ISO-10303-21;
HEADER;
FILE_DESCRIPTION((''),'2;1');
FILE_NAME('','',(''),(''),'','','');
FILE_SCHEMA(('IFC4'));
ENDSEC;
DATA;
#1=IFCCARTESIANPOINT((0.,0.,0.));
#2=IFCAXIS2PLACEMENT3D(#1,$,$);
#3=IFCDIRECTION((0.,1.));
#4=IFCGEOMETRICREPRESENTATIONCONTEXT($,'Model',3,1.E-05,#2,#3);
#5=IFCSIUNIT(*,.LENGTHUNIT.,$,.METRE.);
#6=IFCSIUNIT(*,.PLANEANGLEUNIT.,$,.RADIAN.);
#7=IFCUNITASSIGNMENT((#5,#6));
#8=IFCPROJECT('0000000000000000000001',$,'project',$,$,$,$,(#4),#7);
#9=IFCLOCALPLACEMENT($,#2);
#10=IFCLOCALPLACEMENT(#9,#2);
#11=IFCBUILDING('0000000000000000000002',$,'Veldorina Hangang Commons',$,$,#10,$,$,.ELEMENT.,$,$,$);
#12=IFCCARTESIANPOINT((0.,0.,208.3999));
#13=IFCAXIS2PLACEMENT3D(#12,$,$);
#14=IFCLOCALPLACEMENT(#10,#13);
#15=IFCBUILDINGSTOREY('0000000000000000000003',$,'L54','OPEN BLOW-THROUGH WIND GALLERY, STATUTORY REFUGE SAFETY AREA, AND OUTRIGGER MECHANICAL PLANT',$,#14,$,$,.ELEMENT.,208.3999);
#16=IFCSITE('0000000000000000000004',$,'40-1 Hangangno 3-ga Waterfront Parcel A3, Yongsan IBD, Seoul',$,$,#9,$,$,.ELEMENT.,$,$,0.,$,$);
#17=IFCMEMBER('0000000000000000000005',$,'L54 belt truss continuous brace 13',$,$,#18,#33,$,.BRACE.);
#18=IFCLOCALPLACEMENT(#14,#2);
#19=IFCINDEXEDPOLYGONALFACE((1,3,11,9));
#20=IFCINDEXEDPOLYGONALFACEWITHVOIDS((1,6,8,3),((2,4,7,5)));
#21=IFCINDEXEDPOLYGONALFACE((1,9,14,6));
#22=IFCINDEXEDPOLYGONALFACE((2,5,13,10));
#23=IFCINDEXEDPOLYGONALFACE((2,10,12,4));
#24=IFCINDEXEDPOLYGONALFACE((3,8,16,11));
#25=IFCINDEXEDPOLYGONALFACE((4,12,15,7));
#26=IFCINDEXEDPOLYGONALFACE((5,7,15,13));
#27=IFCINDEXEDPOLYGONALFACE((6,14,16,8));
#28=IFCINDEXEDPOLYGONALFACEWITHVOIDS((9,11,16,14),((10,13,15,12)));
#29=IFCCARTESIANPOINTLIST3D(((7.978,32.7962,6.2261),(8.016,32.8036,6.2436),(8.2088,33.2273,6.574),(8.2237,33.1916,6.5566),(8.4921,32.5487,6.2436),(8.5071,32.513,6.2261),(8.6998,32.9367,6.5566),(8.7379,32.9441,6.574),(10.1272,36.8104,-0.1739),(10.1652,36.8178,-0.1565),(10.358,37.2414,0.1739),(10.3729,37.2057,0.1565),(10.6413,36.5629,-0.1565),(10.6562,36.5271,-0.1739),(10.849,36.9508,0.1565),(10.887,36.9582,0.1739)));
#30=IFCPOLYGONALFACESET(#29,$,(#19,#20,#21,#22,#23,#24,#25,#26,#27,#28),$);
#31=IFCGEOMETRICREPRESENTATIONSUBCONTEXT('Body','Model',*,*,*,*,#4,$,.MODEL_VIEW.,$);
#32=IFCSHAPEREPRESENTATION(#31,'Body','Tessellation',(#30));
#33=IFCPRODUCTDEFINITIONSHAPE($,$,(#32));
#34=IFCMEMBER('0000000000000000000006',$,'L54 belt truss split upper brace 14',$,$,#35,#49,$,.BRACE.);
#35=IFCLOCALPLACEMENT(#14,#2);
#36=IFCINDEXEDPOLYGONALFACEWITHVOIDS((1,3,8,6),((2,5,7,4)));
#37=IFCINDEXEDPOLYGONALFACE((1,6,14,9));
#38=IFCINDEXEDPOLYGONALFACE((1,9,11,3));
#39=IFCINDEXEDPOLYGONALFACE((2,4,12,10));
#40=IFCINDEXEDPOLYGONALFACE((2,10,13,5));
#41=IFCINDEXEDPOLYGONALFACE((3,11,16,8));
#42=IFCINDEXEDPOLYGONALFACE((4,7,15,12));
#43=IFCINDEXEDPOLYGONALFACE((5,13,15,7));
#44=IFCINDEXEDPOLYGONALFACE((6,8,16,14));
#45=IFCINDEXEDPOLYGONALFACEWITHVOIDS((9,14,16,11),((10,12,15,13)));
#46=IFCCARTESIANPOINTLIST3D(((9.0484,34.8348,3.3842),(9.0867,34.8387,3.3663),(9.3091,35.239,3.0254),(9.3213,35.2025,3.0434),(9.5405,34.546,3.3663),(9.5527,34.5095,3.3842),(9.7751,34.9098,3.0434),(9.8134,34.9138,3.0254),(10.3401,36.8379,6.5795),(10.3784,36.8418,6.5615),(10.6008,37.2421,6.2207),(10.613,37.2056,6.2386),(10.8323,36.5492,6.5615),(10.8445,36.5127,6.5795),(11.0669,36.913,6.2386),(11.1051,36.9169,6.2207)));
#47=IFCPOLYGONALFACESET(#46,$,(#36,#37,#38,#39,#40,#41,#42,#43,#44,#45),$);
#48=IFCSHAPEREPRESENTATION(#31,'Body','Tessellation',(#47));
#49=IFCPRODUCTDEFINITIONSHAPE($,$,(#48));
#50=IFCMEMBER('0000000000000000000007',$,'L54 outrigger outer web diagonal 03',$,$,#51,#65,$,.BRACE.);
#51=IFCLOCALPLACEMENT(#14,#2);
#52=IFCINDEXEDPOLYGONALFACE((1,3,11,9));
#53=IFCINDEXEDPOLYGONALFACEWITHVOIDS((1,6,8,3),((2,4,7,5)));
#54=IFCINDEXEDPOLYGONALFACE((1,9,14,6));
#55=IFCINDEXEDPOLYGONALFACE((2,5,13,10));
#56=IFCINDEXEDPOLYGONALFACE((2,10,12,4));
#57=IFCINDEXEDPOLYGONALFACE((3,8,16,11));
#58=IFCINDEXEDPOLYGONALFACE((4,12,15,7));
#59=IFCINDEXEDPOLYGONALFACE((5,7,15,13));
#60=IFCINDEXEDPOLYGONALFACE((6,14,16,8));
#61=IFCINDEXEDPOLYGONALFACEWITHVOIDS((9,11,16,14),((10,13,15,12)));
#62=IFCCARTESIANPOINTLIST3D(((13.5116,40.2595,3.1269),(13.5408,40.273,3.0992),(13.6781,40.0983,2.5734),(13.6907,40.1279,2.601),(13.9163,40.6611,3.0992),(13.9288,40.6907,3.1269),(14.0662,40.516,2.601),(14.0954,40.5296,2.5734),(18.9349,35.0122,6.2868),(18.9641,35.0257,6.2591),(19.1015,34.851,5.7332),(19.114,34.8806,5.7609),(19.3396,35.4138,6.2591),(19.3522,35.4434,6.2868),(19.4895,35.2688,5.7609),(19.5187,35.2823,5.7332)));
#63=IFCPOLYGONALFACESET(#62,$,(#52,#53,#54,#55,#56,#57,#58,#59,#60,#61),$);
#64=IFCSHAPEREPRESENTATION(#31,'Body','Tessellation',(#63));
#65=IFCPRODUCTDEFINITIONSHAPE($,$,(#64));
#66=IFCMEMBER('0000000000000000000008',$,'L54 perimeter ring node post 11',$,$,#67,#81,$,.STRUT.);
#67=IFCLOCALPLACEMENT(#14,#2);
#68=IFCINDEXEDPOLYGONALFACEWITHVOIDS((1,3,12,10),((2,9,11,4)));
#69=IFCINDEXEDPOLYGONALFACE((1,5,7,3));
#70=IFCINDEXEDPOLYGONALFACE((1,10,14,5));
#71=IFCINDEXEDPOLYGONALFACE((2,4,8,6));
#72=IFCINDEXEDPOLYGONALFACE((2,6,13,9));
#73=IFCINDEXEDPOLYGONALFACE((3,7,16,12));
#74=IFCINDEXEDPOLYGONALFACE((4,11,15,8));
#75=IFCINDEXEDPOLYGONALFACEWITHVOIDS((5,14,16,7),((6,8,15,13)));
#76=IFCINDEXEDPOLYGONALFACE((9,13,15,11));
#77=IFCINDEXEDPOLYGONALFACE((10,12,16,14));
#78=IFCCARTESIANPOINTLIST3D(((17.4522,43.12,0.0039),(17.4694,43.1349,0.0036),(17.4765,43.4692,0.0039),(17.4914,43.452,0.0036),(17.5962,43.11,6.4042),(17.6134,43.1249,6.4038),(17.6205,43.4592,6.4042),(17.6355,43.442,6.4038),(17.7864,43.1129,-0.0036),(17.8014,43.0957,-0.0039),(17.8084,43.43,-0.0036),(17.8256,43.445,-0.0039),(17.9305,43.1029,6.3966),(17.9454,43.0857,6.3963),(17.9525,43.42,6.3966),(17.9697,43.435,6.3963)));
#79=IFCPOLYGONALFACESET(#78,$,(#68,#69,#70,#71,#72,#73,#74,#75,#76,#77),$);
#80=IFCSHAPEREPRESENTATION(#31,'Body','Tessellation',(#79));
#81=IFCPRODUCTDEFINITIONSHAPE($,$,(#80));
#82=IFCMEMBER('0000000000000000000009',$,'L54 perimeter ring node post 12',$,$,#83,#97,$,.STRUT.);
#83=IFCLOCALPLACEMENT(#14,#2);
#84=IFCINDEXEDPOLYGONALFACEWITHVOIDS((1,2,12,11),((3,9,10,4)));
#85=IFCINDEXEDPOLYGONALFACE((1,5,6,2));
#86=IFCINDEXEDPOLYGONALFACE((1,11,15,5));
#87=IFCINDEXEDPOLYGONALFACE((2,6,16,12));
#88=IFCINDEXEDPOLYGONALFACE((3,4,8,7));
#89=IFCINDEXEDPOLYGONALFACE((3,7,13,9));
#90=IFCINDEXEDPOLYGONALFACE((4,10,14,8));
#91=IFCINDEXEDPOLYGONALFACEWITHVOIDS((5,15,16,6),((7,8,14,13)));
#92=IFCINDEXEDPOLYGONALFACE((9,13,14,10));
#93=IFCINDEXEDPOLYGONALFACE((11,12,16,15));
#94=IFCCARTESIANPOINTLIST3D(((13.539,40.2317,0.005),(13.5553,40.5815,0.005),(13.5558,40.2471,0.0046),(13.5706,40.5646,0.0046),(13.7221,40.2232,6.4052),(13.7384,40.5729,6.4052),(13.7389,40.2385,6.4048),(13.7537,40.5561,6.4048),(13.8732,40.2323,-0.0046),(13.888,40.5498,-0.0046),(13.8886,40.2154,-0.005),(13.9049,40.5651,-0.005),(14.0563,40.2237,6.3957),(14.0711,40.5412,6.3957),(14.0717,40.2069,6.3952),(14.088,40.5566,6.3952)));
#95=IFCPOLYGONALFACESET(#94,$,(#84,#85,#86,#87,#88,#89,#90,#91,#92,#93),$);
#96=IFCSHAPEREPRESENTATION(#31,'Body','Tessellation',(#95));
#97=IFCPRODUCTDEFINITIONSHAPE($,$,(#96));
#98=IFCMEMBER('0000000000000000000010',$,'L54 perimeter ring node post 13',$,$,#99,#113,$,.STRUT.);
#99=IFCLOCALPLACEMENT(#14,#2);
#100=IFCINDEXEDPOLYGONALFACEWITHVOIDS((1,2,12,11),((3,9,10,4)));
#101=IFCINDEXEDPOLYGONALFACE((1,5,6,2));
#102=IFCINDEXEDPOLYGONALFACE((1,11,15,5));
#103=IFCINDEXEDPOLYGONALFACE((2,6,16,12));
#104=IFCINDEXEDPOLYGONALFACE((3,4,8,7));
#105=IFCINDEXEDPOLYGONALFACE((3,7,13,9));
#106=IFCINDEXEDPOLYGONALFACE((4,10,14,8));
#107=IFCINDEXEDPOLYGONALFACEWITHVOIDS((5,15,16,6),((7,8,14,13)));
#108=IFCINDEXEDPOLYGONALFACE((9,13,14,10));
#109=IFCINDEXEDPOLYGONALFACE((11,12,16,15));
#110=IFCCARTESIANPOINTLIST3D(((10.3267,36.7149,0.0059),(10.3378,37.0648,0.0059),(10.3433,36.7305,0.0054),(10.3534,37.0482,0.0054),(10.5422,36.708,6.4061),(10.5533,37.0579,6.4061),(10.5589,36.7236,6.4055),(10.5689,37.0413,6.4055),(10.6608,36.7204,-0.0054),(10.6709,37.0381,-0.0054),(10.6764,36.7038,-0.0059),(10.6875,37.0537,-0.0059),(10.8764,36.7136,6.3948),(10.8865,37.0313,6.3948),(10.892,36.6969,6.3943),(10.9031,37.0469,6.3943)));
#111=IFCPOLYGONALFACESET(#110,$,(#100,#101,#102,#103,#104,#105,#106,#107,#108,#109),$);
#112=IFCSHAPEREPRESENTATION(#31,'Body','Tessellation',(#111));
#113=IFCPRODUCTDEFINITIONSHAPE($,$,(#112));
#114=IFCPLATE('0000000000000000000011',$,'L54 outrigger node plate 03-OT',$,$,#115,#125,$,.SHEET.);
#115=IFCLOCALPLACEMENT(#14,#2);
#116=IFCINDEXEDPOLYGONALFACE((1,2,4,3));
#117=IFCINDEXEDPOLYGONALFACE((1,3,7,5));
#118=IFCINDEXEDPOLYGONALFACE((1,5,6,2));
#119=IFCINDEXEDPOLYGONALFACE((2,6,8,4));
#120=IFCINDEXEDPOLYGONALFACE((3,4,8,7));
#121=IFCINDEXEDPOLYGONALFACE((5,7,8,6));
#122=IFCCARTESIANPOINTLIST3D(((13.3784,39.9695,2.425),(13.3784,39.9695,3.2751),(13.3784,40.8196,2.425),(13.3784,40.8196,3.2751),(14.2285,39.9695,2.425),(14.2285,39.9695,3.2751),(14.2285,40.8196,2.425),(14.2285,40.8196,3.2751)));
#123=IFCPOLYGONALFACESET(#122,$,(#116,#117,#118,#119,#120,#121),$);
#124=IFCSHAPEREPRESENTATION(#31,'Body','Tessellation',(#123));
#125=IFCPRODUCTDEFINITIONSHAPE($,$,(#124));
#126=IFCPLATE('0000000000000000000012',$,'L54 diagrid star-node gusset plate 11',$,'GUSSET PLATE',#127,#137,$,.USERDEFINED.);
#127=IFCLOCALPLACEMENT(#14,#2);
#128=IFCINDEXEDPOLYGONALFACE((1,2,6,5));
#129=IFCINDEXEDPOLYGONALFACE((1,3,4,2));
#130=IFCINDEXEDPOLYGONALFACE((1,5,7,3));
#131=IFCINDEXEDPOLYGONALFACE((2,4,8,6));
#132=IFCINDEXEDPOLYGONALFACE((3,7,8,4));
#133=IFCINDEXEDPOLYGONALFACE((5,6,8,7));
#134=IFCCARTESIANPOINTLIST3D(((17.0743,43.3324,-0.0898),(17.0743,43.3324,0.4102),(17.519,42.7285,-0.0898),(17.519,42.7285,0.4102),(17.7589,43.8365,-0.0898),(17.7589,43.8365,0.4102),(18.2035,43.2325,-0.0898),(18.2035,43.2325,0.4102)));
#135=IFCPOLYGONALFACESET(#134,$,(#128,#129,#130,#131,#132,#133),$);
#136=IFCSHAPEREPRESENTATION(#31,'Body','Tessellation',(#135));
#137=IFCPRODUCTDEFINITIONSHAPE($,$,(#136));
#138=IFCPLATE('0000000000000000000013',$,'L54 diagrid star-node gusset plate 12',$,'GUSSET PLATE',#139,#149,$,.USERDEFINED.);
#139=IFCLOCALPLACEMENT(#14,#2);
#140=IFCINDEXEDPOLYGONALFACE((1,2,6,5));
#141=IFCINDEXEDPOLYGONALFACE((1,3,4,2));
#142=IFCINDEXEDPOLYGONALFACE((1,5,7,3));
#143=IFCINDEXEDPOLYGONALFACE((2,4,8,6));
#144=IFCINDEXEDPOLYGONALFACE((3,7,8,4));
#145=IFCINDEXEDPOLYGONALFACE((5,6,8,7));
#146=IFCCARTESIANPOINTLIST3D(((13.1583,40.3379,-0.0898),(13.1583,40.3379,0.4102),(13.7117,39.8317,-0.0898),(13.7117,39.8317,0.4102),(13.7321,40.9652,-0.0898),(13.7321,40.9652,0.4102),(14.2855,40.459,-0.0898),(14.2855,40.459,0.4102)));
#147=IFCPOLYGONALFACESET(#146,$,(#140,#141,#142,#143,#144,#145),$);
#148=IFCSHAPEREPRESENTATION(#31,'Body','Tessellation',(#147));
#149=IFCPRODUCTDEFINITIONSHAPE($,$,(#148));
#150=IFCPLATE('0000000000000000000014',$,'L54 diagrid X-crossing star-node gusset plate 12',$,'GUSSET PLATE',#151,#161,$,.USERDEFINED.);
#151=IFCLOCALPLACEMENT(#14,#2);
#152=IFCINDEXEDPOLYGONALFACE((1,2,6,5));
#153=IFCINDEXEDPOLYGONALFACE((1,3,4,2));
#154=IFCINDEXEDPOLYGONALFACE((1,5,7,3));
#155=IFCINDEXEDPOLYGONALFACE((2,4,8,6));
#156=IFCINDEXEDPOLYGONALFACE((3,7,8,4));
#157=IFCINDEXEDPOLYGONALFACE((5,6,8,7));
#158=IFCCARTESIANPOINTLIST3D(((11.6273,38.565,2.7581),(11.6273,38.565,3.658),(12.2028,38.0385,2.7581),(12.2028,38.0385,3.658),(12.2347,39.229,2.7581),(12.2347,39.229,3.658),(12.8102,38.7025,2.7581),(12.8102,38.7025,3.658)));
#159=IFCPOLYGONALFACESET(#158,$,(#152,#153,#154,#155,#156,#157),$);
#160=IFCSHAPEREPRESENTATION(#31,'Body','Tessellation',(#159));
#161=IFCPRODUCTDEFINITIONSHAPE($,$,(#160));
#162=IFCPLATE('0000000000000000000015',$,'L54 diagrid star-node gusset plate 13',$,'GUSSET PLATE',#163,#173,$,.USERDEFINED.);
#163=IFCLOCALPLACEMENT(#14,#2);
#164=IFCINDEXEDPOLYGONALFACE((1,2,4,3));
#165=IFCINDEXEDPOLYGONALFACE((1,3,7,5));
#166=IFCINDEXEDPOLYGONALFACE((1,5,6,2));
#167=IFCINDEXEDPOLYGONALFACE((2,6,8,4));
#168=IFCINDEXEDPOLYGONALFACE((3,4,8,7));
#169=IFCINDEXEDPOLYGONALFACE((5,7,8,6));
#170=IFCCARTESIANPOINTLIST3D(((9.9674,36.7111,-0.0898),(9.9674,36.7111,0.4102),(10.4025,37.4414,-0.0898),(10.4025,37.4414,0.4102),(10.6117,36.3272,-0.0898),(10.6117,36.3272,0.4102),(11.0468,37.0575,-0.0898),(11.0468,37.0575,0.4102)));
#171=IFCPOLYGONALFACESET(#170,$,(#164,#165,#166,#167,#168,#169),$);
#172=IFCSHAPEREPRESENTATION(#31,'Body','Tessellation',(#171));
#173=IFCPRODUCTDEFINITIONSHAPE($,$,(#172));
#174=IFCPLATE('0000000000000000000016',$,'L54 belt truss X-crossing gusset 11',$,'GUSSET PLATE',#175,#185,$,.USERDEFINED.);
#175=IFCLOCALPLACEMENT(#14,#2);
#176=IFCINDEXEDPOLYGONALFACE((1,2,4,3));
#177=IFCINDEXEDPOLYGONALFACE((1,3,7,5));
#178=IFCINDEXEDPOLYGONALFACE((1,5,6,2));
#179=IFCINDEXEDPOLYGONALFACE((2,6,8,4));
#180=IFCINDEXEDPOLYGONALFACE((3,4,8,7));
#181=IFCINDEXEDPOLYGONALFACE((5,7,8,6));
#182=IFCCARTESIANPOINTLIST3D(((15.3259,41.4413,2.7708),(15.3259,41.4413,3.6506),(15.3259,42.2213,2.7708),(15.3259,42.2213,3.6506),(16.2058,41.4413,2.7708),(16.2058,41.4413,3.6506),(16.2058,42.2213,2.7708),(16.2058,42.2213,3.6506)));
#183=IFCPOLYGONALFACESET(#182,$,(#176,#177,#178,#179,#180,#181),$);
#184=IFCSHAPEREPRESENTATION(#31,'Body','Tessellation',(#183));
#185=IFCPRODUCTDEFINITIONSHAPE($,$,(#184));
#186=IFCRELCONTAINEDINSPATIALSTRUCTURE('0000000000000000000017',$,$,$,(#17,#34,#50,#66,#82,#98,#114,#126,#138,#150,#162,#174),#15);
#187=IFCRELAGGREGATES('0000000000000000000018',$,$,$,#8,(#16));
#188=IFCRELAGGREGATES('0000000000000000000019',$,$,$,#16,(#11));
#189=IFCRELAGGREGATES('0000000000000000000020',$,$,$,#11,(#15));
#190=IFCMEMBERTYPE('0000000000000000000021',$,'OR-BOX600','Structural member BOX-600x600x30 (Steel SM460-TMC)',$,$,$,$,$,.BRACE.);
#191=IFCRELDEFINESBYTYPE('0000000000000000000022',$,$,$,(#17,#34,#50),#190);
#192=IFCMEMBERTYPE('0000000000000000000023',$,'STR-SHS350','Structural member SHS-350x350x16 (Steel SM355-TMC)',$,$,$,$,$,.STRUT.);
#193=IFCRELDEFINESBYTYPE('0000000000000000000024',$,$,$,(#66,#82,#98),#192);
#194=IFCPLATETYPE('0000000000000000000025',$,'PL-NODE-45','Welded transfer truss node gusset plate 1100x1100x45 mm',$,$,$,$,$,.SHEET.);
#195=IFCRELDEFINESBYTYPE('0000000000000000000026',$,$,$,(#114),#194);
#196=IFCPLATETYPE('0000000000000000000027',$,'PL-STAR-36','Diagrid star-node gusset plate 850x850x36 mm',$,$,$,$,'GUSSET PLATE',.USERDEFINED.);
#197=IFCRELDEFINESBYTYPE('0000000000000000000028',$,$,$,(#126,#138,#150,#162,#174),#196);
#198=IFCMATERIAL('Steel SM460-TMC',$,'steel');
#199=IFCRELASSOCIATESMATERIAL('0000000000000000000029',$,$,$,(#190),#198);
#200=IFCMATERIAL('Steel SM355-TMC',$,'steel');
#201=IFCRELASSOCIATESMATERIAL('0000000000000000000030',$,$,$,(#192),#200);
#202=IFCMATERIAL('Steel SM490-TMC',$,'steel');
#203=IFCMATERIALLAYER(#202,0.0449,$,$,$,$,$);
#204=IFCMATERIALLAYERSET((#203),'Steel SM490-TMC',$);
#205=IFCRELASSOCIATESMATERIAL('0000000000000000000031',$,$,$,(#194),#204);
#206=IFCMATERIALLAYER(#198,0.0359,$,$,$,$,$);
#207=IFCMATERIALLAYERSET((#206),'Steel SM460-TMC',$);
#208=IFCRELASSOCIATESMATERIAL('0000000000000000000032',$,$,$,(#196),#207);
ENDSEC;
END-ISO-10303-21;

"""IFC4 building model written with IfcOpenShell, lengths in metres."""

from ifc_helpers import new_model, si_unit, direction, frame, origin, origin_2d, place, context, subcontext, project, spatial, rectangle, hollow_rectangle, extrude, material, layer, layer_set, material_profile, profile_set, type_object, element, save


model = new_model("IFC4")

# Units and contexts
model_context = context("Model", 3, precision=1e-05, world=origin(), true_north=direction((0.0, 1.0)))
body_context = subcontext(model_context, "Body", "Model", "MODEL_VIEW")
ifc_project = project(units=[si_unit("LENGTHUNIT", "METRE"), si_unit("PLANEANGLEUNIT", "RADIAN")], contexts=[model_context])

# Site, building, storey
site_placement = place(None, origin())
site = spatial("IfcSite", under=ifc_project, at=site_placement, Name="40-1 Hangangno 3-ga Waterfront Parcel A3, Yongsan IBD, Seoul", CompositionType="ELEMENT", RefElevation=0.0)
building_placement = place(site_placement, origin())
building = spatial("IfcBuilding", under=site, at=building_placement, Name="Veldorina Hangang Commons", CompositionType="ELEMENT")
storey_placement = place(building_placement, frame((0.0, 0.0, 208.3999)))
storey = spatial("IfcBuildingStorey", under=building, at=storey_placement, Name="L54", Description="OPEN BLOW-THROUGH WIND GALLERY, STATUTORY REFUGE SAFETY AREA, AND OUTRIGGER MECHANICAL PLANT", CompositionType="ELEMENT", Elevation=208.3999)

# Shared definitions
ifc_material_1 = material(Name="Steel SM460-TMC", Category="steel")
ifc_material_2 = material(Name="Steel SM355-TMC", Category="steel")

# Members
ifc_material_profile_1 = material_profile(ifc_material_1, hollow_rectangle(XDim=0.6001, YDim=0.6001, WallThickness=0.03, at=origin_2d()), Name="BOX-600x600x30")
ifc_profile_set_1 = profile_set([ifc_material_profile_1], Name="Steel SM460-TMC")
member_type_1 = type_object("IfcMemberType", Name="OR-BOX600", Description="Structural member BOX-600x600x30 (Steel SM460-TMC)", PredefinedType="BRACE", material=ifc_profile_set_1)
member_1_placement = place(storey_placement, frame((10.5071, 36.8843, 0.0), z_axis=(-0.27362, -0.51106, 0.814831), x_axis=(0.881596, -0.472004, 0.0)))
element("IfcMember", 1, at=member_1_placement, inside=storey, type_object=member_type_1, Name="L54 belt truss continuous brace 13", PredefinedType="BRACE", context=body_context, shape_type="SweptSolid", body=[
    extrude(hollow_rectangle(XDim=0.6001, YDim=0.6001, WallThickness=0.03, at=origin_2d()), origin(), (0.0, 0.0, 1.0), 7.8545),
])
member_2_placement = place(storey_placement, frame((9.4309, 34.8743, 3.2048), z_axis=(0.324039, 0.502503, 0.801555), x_axis=(-0.840416, 0.541943, 0.0)))
element("IfcMember", 2, at=member_2_placement, inside=storey, type_object=member_type_1, Name="L54 belt truss split upper brace 14", PredefinedType="BRACE", context=body_context, shape_type="SweptSolid", body=[
    extrude(hollow_rectangle(XDim=0.6001, YDim=0.6001, WallThickness=0.03, at=origin_2d()), origin(), (0.0, 0.0, 1.0), 3.9863),
])
member_3_placement = place(storey_placement, frame((19.2268, 35.1472, 6.01), z_axis=(-0.662903, 0.641387, -0.386241), x_axis=(-0.695348, -0.718674, 0.0)))
element("IfcMember", 3, at=member_3_placement, inside=storey, type_object=member_type_1, Name="L54 outrigger outer web diagonal 03", PredefinedType="BRACE", context=body_context, shape_type="SweptSolid", body=[
    extrude(hollow_rectangle(XDim=0.6001, YDim=0.6001, WallThickness=0.03, at=origin_2d()), origin(), (0.0, 0.0, 1.0), 8.1812),
])
ifc_material_profile_2 = material_profile(ifc_material_2, hollow_rectangle(XDim=0.3501, YDim=0.3501, WallThickness=0.0161, at=origin_2d()), Name="SHS-350x350x16")
ifc_profile_set_2 = profile_set([ifc_material_profile_2], Name="Steel SM355-TMC")
member_type_2 = type_object("IfcMemberType", Name="STR-SHS350", Description="Structural member SHS-350x350x16 (Steel SM355-TMC)", PredefinedType="STRUT", material=ifc_profile_set_2)
member_4_placement = place(storey_placement, frame((17.6389, 43.2825, 0.0), z_axis=(0.0225, -0.001564, 0.999746), x_axis=(0.069324, 0.997594, 0.0)))
element("IfcMember", 4, at=member_4_placement, inside=storey, type_object=member_type_2, Name="L54 perimeter ring node post 11", PredefinedType="STRUT", context=body_context, shape_type="SweptSolid", body=[
    extrude(hollow_rectangle(XDim=0.3501, YDim=0.3501, WallThickness=0.0161, at=origin_2d()), origin(), (0.0, 0.0, 1.0), 6.4019),
])
member_5_placement = place(storey_placement, frame((13.7219, 40.3984, 0.0), z_axis=(0.028598, -0.001335, 0.99959), x_axis=(0.046616, 0.998913, 0.0)))
element("IfcMember", 5, at=member_5_placement, inside=storey, type_object=member_type_2, Name="L54 perimeter ring node post 12", PredefinedType="STRUT", context=body_context, shape_type="SweptSolid", body=[
    extrude(hollow_rectangle(XDim=0.3501, YDim=0.3501, WallThickness=0.0161, at=origin_2d()), origin(), (0.0, 0.0, 1.0), 6.4028),
])
member_6_placement = place(storey_placement, frame((10.5071, 36.8843, 0.0), z_axis=(0.033664, -0.001067, 0.999433), x_axis=(0.031694, 0.999498, 0.0)))
element("IfcMember", 6, at=member_6_placement, inside=storey, type_object=member_type_2, Name="L54 perimeter ring node post 13", PredefinedType="STRUT", context=body_context, shape_type="SweptSolid", body=[
    extrude(hollow_rectangle(XDim=0.3501, YDim=0.3501, WallThickness=0.0161, at=origin_2d()), origin(), (0.0, 0.0, 1.0), 6.4038),
])

# Plates
ifc_material_3 = material(Name="Steel SM490-TMC", Category="steel")
ifc_layer_1 = layer(ifc_material_3, 0.0449)
ifc_layer_set_1 = layer_set([ifc_layer_1], Name="Steel SM490-TMC")
plate_type_1 = type_object("IfcPlateType", Name="PL-NODE-45", Description="Welded transfer truss node gusset plate 1100x1100x45 mm", PredefinedType="SHEET", material=ifc_layer_set_1)
plate_1_placement = place(storey_placement, frame((13.8035, 40.3945, 2.425), z_axis=(0.0, 0.0, 1.0), x_axis=(1.0, 0.0, 0.0)))
element("IfcPlate", 7, at=plate_1_placement, inside=storey, type_object=plate_type_1, Name="L54 outrigger node plate 03-OT", PredefinedType="SHEET", context=body_context, shape_type="SweptSolid", body=[
    extrude(rectangle(XDim=0.8501, YDim=0.8501, at=origin_2d()), origin(), (0.0, 0.0, 1.0), 0.8501),
])
ifc_layer_2 = layer(ifc_material_1, 0.0359)
ifc_layer_set_2 = layer_set([ifc_layer_2], Name="Steel SM460-TMC")
plate_type_2 = type_object("IfcPlateType", Name="PL-STAR-36", Description="Diagrid star-node gusset plate 850x850x36 mm", ElementType="GUSSET PLATE", PredefinedType="USERDEFINED", material=ifc_layer_set_2)
for number, where, z_axis, x_axis, name in (
    (8, (17.6389, 43.2825, -0.0898), (0.0, 0.0, 1.0), (-0.805266, -0.592913, 0.0), "L54 diagrid star-node gusset plate 11"),
    (9, (13.7219, 40.3984, -0.0898), (0.0, 0.0, 1.0), (-0.674959, -0.737855, 0.0), "L54 diagrid star-node gusset plate 12"),
):
    element("IfcPlate", number, at=place(storey_placement, frame(where, z_axis=z_axis, x_axis=x_axis)), inside=storey, type_object=plate_type_2, Name=name, ObjectType="GUSSET PLATE", PredefinedType="USERDEFINED", context=body_context, shape_type="SweptSolid", body=[
        extrude(rectangle(XDim=0.8501, YDim=0.75, at=origin_2d()), origin(), (0.0, 0.0, 1.0), 0.5),
    ])
plate_2_placement = place(storey_placement, frame((12.2188, 38.6338, 2.7581), z_axis=(0.0, 0.0, 1.0), x_axis=(-0.674959, -0.737855, 0.0)))
element("IfcPlate", 10, at=plate_2_placement, inside=storey, type_object=plate_type_2, Name="L54 diagrid X-crossing star-node gusset plate 12", ObjectType="GUSSET PLATE", PredefinedType="USERDEFINED", context=body_context, shape_type="SweptSolid", body=[
    extrude(rectangle(XDim=0.8999, YDim=0.78, at=origin_2d()), origin(), (0.0, 0.0, 1.0), 0.8999),
])
plate_3_placement = place(storey_placement, frame((10.5071, 36.8843, -0.0898), z_axis=(0.0, 0.0, 1.0), x_axis=(-0.511818, -0.859094, 0.0)))
element("IfcPlate", 11, at=plate_3_placement, inside=storey, type_object=plate_type_2, Name="L54 diagrid star-node gusset plate 13", ObjectType="GUSSET PLATE", PredefinedType="USERDEFINED", context=body_context, shape_type="SweptSolid", body=[
    extrude(rectangle(XDim=0.8501, YDim=0.75, at=origin_2d()), origin(), (0.0, 0.0, 1.0), 0.5),
])
for number, where, z_axis, x_axis, name in (
    (12, (15.7659, 41.8313, 2.7708), (0.0, 0.0, 1.0), (1.0, 0.0, 0.0), "L54 belt truss X-crossing gusset 11"),
):
    element("IfcPlate", number, at=place(storey_placement, frame(where, z_axis=z_axis, x_axis=x_axis)), inside=storey, type_object=plate_type_2, Name=name, ObjectType="GUSSET PLATE", PredefinedType="USERDEFINED", context=body_context, shape_type="SweptSolid", body=[
        extrude(rectangle(XDim=0.8799, YDim=0.78, at=origin_2d()), origin(), (0.0, 0.0, 1.0), 0.8799),
    ])

save(model, "model.ifc")
